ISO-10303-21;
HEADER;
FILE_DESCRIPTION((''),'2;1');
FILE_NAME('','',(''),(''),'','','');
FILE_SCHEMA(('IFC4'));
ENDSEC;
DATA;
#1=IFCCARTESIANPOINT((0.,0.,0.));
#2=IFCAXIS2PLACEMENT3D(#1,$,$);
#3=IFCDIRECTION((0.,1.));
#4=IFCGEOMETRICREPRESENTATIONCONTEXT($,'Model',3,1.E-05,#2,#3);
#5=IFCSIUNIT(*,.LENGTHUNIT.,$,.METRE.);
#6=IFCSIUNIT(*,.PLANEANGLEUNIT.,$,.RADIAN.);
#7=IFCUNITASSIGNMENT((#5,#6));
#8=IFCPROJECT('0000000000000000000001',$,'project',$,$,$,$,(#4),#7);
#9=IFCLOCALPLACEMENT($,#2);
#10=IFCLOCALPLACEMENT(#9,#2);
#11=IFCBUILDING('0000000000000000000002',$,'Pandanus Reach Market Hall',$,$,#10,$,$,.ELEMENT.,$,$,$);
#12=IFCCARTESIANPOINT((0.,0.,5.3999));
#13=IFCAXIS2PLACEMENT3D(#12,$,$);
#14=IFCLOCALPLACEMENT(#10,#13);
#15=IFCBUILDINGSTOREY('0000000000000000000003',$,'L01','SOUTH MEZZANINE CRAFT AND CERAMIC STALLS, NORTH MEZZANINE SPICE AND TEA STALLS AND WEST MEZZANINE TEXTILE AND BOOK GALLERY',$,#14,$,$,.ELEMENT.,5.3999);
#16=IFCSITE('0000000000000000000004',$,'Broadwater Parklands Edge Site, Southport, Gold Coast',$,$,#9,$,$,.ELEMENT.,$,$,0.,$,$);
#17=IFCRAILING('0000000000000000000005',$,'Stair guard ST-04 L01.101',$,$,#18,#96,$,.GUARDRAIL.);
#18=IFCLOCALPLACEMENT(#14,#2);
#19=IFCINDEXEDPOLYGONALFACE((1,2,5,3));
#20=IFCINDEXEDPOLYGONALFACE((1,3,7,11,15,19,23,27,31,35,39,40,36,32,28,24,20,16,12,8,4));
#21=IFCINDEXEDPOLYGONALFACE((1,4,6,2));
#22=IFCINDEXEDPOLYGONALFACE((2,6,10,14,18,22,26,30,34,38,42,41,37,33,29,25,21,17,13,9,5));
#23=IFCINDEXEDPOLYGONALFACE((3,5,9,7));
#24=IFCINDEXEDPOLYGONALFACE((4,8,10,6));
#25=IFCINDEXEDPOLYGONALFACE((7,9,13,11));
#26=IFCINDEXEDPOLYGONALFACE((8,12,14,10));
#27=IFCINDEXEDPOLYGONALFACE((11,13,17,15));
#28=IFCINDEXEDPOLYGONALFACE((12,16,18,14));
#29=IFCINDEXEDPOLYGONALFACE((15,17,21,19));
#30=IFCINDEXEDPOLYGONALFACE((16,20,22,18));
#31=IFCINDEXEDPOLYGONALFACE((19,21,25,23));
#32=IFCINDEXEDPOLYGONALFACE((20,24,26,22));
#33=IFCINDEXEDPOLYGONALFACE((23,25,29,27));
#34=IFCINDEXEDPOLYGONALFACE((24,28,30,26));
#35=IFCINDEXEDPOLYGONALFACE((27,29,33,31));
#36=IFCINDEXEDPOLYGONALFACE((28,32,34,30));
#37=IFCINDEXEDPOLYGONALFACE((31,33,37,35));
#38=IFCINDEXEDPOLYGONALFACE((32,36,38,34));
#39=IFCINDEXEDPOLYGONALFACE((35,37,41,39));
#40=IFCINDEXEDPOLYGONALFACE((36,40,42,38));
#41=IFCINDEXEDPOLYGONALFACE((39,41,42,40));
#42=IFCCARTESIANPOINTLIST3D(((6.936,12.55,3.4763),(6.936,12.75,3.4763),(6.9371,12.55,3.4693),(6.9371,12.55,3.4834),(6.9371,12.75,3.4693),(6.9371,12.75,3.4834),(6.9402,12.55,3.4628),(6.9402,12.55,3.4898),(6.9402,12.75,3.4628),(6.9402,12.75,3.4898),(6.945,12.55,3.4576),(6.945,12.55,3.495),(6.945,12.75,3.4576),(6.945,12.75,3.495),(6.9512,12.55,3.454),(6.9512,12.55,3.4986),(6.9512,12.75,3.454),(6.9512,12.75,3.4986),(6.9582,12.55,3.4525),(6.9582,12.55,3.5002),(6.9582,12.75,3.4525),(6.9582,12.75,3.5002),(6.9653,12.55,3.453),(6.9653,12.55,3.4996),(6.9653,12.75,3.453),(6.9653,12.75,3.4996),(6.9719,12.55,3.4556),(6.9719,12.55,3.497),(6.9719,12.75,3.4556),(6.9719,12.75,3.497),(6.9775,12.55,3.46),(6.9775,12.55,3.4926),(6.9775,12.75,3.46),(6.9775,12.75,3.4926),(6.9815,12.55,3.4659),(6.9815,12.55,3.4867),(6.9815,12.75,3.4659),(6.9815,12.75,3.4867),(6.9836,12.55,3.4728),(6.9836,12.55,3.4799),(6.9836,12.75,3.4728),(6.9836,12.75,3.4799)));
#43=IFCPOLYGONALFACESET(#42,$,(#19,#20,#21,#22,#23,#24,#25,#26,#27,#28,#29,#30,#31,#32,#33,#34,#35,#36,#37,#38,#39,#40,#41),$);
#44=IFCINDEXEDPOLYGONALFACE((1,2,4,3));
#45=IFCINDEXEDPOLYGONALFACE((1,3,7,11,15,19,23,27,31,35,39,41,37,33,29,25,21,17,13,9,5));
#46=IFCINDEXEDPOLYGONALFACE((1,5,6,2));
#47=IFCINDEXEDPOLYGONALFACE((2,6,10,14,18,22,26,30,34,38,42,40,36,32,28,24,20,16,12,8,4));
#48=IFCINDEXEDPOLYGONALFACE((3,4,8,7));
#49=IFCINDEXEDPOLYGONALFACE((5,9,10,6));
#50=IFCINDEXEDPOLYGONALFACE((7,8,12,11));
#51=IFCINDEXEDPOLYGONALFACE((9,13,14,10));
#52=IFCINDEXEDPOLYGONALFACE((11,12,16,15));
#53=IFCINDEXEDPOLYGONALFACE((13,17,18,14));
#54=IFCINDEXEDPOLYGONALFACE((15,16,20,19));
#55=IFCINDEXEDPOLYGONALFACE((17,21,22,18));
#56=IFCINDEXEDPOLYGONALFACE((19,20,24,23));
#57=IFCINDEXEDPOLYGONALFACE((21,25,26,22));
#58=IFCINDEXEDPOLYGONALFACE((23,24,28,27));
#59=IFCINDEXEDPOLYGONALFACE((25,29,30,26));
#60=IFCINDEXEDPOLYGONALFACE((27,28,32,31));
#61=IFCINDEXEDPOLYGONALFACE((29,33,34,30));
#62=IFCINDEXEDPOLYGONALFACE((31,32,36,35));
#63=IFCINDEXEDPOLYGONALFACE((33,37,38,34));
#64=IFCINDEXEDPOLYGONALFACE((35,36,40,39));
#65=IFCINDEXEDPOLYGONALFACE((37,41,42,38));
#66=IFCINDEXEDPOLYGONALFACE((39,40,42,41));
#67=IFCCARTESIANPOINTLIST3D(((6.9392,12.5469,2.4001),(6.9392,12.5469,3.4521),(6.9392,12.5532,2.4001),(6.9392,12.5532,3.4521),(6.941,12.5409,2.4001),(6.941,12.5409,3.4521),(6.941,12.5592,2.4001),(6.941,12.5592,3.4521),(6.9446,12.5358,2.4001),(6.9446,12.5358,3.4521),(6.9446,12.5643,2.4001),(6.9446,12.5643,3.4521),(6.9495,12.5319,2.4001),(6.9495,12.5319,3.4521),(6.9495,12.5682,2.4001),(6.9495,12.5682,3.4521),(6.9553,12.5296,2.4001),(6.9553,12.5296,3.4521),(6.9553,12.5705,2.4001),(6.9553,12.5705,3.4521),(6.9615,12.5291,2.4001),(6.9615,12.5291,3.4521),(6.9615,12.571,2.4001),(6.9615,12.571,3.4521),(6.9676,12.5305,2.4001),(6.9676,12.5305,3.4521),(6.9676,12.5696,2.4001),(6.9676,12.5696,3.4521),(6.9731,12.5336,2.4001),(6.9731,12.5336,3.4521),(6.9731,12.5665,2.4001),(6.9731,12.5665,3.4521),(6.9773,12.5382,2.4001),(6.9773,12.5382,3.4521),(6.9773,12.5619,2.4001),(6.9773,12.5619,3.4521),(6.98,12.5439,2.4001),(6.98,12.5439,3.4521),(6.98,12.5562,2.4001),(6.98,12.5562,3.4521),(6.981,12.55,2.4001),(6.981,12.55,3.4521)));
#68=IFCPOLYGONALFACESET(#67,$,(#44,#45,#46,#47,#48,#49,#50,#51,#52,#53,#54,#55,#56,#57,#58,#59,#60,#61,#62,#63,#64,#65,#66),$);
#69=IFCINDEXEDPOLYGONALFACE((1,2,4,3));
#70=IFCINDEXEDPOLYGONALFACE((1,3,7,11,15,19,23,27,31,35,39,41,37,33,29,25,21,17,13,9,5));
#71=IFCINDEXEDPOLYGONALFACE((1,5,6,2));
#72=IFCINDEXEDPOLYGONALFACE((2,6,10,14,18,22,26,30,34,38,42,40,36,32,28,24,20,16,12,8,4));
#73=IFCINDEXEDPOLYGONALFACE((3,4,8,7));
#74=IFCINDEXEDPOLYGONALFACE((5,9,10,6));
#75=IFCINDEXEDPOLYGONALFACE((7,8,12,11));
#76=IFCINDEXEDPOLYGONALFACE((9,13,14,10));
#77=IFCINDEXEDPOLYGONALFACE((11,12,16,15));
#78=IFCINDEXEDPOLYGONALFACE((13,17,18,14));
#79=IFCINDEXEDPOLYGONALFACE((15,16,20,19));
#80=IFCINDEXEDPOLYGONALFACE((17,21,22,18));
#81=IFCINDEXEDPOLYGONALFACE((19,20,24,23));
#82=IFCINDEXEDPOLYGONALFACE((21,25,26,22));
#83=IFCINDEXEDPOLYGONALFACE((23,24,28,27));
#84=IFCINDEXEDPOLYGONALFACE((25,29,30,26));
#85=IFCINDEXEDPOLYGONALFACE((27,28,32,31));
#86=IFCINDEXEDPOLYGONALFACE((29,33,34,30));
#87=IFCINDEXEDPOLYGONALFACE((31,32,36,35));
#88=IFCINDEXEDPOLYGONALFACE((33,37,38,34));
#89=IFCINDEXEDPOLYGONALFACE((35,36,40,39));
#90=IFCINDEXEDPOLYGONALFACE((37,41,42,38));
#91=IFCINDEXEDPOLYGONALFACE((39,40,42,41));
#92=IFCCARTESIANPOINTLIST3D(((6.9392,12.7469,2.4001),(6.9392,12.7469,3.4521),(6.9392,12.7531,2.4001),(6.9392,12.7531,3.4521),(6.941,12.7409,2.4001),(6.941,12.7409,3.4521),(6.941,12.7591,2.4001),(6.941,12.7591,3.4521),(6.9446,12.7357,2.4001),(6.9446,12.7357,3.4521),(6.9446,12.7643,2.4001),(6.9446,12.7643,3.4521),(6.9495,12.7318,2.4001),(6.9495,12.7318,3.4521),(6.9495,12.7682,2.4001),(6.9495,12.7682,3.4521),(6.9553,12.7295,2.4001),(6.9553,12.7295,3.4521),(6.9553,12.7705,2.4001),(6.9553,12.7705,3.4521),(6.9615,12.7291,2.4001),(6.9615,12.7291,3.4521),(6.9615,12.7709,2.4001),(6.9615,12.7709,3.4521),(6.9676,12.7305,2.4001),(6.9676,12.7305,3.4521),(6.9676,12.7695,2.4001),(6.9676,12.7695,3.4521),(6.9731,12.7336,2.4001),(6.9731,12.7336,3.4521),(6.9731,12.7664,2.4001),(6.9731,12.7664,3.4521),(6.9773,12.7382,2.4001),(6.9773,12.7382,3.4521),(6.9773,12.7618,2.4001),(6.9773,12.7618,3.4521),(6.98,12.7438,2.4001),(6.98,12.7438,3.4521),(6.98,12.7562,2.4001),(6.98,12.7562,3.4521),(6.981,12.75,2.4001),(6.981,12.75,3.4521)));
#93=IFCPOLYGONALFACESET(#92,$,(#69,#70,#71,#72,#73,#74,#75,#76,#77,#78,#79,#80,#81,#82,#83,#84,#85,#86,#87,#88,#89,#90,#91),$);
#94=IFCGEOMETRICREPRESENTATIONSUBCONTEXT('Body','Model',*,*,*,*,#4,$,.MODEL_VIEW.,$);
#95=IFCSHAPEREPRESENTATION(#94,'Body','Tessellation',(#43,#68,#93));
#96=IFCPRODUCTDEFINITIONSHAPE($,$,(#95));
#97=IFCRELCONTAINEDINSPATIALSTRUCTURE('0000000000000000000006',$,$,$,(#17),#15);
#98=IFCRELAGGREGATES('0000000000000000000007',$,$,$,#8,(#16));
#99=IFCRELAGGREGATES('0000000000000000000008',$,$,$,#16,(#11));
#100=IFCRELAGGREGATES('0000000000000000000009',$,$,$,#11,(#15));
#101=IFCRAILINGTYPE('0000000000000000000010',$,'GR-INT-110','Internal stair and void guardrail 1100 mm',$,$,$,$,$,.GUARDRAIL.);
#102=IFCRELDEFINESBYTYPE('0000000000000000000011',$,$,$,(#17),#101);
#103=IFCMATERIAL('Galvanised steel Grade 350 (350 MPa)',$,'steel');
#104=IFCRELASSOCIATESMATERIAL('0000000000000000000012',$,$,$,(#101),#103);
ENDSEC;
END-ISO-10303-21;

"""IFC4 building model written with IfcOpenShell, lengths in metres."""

from ifc_helpers import new_model, si_unit, direction, frame, origin, origin_2d, place, context, subcontext, project, spatial, circle, extrude, material, type_object, element, save


model = new_model("IFC4")

# Units and contexts
model_context = context("Model", 3, precision=1e-05, world=origin(), true_north=direction((0.0, 1.0)))
body_context = subcontext(model_context, "Body", "Model", "MODEL_VIEW")
ifc_project = project(units=[si_unit("LENGTHUNIT", "METRE"), si_unit("PLANEANGLEUNIT", "RADIAN")], contexts=[model_context])

# Site, building, storey
site_placement = place(None, origin())
site = spatial("IfcSite", under=ifc_project, at=site_placement, Name="Broadwater Parklands Edge Site, Southport, Gold Coast", CompositionType="ELEMENT", RefElevation=0.0)
building_placement = place(site_placement, origin())
building = spatial("IfcBuilding", under=site, at=building_placement, Name="Pandanus Reach Market Hall", CompositionType="ELEMENT")
storey_placement = place(building_placement, frame((0.0, 0.0, 5.3999)))
storey = spatial("IfcBuildingStorey", under=building, at=storey_placement, Name="L01", Description="SOUTH MEZZANINE CRAFT AND CERAMIC STALLS, NORTH MEZZANINE SPICE AND TEA STALLS AND WEST MEZZANINE TEXTILE AND BOOK GALLERY", CompositionType="ELEMENT", Elevation=5.3999)

# Railing
ifc_material_1 = material(Name="Galvanised steel Grade 350 (350 MPa)", Category="steel")
railing_type = type_object("IfcRailingType", Name="GR-INT-110", Description="Internal stair and void guardrail 1100 mm", PredefinedType="GUARDRAIL", material=ifc_material_1)
railing_placement = place(storey_placement, frame((6.96, 12.55, 2.4001)))
element("IfcRailing", 1, at=railing_placement, inside=storey, type_object=railing_type, Name="Stair guard ST-04 L01.101", PredefinedType="GUARDRAIL", context=body_context, shape_type="SweptSolid", body=[
    extrude(circle(Radius=0.0239, at=origin_2d()), frame((0.0, 0.0, 1.0762), z_axis=(0.0, 1.0, 0.0), x_axis=(-1.0, 0.0, 0.0)), (0.0, 0.0, 1.0), 0.2),
    extrude(circle(Radius=0.021, at=origin_2d()), origin(), (0.0, 0.0, 1.0), 1.052),
    extrude(circle(Radius=0.021, at=origin_2d()), frame((0.0, 0.2, 0.0)), (0.0, 0.0, 1.0), 1.052),
])

save(model, "model.ifc")
